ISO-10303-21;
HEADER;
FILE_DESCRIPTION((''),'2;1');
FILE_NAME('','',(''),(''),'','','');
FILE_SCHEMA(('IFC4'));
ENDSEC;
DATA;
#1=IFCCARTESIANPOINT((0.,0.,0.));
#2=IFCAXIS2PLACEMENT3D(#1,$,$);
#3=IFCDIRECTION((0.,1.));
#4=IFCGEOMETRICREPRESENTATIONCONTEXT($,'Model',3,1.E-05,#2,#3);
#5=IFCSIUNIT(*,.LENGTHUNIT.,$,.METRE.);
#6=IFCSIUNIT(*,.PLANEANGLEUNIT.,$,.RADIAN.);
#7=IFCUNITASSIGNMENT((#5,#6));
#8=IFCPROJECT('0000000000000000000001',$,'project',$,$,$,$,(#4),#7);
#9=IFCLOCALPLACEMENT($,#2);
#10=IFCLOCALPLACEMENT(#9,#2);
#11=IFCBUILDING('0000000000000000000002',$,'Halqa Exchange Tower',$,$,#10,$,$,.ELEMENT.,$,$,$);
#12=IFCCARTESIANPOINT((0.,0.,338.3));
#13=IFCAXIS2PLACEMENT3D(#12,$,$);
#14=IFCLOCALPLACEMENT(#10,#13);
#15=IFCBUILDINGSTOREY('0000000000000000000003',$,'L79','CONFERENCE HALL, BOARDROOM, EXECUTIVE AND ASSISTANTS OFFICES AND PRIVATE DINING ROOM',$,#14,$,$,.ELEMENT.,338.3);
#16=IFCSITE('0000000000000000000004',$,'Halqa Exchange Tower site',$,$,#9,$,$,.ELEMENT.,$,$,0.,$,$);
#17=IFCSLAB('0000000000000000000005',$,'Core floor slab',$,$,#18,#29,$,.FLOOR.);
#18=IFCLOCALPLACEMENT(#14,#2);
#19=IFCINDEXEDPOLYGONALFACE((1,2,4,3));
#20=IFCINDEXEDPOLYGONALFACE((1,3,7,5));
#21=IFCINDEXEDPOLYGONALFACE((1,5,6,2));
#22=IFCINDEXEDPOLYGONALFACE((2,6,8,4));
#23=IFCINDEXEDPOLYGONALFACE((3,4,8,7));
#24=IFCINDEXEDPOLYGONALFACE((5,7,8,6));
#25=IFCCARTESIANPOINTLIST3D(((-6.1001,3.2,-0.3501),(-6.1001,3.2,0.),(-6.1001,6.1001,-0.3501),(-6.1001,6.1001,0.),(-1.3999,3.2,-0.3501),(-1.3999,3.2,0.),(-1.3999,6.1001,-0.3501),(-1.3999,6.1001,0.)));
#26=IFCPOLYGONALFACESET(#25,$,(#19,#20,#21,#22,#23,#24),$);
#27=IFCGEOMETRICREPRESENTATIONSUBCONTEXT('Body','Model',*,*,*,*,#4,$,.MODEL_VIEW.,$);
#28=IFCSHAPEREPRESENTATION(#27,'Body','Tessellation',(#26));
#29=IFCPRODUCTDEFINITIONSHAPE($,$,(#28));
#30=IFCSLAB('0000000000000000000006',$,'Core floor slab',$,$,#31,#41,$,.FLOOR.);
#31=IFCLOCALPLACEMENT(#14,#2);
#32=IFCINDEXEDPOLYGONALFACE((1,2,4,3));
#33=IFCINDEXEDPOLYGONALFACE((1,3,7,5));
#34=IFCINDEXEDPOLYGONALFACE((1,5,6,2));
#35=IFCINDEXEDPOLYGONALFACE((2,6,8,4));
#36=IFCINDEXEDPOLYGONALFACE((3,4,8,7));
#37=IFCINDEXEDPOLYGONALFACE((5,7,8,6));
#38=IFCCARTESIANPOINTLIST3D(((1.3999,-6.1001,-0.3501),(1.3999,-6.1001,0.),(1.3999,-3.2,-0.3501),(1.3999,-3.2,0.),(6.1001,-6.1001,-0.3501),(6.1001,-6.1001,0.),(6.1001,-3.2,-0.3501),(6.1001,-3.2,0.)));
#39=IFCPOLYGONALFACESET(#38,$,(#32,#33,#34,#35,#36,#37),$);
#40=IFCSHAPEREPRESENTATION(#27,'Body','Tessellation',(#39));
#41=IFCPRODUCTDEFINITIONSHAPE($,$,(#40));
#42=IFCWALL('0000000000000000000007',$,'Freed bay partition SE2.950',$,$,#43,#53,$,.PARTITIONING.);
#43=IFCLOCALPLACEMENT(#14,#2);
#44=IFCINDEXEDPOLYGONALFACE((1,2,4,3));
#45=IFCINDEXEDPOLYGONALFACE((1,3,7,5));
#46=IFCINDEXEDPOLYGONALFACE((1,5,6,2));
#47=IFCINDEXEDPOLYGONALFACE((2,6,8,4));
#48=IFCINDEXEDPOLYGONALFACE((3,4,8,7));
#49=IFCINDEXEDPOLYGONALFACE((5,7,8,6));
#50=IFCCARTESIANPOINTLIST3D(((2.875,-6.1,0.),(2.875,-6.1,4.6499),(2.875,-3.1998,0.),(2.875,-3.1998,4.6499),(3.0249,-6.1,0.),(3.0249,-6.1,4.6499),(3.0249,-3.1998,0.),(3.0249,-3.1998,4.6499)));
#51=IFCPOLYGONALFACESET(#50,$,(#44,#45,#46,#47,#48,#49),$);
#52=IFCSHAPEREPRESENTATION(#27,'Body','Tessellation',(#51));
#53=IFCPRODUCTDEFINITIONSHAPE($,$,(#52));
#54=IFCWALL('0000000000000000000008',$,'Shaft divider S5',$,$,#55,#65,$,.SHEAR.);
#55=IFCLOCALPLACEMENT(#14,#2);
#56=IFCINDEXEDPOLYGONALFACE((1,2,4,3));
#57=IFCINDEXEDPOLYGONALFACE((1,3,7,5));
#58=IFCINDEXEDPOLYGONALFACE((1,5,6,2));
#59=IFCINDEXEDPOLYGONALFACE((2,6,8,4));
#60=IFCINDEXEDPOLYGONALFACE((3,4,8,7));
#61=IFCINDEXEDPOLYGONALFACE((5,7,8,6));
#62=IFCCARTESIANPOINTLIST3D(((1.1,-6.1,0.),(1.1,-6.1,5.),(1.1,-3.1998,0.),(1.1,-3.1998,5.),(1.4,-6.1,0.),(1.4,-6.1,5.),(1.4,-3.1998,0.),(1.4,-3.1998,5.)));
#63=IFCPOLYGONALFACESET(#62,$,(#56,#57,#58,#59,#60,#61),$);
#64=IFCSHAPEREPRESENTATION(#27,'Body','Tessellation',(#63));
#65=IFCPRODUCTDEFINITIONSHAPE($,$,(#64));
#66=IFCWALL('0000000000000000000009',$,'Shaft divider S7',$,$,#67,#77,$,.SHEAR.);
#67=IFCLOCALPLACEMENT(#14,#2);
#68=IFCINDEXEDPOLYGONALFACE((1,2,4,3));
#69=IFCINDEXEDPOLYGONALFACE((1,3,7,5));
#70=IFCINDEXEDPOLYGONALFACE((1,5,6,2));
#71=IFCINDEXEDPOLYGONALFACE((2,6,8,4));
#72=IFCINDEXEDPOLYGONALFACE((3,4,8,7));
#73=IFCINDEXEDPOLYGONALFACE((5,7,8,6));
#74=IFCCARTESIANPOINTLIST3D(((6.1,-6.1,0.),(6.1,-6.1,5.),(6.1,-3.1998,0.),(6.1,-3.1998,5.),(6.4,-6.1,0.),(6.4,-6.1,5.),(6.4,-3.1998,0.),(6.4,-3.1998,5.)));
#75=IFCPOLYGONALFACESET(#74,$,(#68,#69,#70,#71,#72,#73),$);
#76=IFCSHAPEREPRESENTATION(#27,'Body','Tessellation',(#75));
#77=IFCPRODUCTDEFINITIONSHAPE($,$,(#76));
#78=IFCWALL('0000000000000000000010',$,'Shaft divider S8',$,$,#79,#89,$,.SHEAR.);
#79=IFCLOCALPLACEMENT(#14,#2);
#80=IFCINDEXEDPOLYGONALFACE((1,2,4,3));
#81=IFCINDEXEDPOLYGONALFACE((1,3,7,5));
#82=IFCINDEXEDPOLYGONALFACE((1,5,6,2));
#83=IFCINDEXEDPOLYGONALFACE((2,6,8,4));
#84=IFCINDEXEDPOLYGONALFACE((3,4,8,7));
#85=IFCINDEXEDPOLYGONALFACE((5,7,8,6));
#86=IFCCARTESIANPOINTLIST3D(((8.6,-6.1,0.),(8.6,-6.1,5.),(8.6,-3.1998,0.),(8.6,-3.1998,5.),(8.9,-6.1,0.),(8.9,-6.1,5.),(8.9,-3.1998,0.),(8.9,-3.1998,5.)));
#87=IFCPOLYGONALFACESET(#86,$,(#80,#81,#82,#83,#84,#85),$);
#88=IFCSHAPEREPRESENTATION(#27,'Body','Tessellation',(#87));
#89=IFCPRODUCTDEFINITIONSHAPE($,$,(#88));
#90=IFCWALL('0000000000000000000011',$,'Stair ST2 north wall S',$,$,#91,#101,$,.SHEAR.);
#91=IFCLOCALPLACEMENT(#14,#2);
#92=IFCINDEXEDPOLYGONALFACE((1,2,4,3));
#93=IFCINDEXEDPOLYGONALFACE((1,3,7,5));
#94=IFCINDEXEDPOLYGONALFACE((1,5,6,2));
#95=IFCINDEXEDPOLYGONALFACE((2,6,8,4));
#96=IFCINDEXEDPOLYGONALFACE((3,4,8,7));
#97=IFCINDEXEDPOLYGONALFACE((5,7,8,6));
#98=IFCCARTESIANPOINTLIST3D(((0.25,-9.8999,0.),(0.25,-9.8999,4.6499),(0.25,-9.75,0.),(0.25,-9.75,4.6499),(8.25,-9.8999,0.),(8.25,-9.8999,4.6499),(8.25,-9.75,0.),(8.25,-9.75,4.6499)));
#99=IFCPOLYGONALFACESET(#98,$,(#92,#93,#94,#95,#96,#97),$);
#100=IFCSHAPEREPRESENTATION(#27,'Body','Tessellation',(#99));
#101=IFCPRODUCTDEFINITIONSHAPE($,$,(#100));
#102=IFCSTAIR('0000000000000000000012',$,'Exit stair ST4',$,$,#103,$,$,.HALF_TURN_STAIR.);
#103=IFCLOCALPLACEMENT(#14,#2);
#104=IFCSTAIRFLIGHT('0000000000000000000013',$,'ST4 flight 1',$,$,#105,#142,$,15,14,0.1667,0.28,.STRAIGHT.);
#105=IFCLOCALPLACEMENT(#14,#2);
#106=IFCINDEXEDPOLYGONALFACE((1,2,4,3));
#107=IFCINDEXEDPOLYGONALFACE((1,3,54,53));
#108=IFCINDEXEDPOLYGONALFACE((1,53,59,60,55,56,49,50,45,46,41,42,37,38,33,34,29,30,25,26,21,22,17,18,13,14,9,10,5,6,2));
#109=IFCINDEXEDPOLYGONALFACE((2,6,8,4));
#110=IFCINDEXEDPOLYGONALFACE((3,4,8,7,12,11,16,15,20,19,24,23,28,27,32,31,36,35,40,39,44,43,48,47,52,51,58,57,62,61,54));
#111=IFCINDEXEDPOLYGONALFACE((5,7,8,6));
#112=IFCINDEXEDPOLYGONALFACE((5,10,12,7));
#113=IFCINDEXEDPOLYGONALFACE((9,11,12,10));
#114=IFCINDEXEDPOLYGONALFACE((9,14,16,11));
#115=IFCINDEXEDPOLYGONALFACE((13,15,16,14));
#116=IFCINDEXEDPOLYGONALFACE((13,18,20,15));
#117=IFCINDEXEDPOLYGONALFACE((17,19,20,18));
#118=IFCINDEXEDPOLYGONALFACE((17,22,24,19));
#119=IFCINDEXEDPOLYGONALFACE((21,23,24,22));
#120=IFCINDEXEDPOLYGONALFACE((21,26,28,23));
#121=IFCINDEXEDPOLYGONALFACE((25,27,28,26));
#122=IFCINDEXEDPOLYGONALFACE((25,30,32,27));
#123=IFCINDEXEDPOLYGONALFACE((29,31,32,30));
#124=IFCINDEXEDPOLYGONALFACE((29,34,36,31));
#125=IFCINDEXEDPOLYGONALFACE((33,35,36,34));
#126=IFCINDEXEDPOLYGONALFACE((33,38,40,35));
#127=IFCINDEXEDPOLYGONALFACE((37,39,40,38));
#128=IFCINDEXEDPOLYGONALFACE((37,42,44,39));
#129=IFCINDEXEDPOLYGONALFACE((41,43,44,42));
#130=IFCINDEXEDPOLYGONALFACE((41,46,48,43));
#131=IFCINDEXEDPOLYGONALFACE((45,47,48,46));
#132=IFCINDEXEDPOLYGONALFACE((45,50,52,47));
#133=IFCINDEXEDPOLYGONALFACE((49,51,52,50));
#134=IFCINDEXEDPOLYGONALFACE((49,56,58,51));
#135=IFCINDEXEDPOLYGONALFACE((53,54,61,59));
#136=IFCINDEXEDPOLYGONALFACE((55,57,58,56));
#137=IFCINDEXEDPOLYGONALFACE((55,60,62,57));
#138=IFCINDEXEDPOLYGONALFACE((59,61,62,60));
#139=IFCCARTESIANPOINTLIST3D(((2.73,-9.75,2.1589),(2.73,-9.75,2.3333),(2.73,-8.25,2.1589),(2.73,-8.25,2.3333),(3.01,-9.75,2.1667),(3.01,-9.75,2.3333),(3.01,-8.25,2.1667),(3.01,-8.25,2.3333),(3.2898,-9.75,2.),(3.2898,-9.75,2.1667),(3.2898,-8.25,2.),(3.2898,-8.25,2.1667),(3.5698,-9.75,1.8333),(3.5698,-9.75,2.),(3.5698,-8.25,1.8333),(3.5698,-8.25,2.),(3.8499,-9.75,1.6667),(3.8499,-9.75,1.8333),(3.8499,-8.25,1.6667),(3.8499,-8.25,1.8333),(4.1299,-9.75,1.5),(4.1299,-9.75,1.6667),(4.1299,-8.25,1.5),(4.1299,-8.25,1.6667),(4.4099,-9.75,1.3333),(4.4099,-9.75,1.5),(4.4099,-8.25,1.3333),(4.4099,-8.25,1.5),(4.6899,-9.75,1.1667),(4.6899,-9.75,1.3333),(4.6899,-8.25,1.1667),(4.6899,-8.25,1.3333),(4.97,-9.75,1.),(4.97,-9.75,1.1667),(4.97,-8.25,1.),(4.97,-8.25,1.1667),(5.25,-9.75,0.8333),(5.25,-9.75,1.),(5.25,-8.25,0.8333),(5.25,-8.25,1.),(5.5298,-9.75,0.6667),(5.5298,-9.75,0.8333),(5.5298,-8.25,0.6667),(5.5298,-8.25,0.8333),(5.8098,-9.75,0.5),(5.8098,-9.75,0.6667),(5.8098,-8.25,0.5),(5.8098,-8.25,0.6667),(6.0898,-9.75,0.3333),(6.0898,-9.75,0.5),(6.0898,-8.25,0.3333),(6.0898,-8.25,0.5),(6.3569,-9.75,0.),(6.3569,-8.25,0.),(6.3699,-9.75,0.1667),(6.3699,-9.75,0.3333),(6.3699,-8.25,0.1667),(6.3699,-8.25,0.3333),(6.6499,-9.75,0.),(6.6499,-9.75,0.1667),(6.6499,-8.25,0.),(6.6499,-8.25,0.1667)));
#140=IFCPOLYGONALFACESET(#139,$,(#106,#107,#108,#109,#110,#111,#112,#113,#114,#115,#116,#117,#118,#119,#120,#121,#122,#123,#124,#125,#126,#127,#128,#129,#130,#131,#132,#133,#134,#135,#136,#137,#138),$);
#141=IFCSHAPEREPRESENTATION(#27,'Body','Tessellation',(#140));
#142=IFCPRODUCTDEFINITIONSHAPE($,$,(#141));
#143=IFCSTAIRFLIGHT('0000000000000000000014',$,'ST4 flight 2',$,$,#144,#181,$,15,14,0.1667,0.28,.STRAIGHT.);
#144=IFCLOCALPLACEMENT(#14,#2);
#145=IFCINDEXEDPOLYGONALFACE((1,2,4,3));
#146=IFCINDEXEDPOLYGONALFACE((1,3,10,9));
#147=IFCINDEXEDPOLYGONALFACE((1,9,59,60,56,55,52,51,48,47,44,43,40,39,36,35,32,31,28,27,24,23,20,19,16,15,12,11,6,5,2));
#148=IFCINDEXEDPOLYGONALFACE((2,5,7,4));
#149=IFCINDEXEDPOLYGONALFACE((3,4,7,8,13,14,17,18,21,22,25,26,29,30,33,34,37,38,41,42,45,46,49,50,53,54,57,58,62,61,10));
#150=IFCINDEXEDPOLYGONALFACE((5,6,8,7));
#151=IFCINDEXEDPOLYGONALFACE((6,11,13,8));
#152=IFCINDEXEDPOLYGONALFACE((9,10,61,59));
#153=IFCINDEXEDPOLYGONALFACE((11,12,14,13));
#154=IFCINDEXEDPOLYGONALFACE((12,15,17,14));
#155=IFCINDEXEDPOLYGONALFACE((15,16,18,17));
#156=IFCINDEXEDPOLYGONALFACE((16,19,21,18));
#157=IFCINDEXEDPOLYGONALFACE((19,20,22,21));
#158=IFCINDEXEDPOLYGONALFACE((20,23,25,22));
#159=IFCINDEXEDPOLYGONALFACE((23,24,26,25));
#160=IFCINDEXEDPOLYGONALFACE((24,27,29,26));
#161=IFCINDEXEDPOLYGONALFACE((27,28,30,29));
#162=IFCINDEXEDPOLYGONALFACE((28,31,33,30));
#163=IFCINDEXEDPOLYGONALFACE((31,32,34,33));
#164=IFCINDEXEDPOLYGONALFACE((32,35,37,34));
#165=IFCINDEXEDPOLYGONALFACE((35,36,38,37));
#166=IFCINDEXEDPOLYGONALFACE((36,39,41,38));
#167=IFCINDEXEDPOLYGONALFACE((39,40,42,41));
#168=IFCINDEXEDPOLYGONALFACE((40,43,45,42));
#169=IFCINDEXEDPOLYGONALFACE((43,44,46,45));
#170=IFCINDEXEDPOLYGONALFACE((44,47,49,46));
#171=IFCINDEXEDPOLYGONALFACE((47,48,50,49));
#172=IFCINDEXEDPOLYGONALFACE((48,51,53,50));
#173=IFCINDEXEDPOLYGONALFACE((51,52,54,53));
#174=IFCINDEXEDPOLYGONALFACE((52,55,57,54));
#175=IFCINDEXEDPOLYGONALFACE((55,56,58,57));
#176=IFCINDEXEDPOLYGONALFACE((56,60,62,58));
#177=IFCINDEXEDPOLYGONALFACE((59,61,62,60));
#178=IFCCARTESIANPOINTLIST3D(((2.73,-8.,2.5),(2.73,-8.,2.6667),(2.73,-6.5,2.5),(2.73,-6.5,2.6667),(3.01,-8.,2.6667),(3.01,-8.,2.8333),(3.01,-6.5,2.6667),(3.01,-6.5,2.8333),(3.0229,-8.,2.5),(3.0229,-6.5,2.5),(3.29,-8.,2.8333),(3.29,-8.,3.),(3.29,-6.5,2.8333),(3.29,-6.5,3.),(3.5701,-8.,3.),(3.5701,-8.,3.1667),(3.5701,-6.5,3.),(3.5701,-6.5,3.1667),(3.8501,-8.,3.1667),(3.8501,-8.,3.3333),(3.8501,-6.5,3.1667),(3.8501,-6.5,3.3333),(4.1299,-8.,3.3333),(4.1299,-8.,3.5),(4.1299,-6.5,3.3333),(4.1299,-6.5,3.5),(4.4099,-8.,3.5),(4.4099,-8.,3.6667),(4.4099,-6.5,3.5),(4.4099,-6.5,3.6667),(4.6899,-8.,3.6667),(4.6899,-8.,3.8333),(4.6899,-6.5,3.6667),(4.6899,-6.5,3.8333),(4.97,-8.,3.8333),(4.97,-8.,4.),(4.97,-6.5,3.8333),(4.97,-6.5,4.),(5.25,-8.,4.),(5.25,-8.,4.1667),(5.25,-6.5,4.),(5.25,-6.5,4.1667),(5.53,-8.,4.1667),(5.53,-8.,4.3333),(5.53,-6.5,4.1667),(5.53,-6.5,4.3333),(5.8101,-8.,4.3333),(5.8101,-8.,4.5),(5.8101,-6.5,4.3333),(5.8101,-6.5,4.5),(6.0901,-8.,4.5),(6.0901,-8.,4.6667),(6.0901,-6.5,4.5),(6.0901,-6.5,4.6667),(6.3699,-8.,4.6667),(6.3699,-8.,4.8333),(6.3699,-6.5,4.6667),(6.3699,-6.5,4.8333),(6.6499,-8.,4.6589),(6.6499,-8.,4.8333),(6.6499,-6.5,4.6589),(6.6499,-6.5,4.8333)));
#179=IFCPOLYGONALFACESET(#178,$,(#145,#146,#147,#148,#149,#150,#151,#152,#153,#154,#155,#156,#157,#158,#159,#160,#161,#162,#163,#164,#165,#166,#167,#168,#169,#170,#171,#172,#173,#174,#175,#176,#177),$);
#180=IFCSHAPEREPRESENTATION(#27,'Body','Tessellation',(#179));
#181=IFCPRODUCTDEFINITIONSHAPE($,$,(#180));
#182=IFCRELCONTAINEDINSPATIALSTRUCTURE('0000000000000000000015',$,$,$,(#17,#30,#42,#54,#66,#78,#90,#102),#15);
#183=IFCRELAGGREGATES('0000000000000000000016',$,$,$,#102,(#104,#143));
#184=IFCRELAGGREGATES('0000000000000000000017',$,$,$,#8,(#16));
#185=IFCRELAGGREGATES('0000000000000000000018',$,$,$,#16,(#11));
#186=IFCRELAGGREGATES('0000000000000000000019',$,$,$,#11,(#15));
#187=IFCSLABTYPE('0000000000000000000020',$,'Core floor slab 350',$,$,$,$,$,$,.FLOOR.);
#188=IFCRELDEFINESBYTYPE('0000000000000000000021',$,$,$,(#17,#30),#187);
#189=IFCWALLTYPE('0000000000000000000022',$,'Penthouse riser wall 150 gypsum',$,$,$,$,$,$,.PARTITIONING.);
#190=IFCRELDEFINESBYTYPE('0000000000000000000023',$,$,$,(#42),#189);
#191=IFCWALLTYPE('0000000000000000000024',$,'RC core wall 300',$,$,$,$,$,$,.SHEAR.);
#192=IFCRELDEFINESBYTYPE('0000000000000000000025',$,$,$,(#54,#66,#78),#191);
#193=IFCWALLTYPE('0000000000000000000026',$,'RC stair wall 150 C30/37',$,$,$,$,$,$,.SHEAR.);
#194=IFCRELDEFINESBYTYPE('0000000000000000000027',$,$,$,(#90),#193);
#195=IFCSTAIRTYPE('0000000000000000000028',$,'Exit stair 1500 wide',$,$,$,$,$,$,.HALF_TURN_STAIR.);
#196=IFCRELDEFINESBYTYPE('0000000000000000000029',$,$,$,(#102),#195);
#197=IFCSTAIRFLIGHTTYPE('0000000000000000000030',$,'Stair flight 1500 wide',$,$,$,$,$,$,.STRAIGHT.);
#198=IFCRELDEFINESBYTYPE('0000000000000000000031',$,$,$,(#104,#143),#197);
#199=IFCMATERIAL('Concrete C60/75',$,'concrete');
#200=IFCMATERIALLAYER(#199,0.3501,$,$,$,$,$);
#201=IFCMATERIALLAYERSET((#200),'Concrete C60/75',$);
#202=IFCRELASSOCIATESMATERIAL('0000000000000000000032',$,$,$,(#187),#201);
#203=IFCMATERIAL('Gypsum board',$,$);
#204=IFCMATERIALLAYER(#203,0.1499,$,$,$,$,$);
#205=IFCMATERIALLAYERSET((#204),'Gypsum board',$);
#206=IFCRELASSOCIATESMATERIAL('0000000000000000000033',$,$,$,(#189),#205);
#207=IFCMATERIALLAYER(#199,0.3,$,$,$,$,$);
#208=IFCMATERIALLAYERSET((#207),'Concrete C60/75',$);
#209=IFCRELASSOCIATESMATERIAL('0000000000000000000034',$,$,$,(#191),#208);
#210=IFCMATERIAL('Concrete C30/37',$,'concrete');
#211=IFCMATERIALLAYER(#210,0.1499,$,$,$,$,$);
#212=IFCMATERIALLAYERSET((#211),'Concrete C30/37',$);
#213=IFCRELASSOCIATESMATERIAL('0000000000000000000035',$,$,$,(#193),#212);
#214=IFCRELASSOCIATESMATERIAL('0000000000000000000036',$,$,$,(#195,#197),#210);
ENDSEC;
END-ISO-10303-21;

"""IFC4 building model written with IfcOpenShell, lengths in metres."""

from ifc_helpers import new_model, si_unit, direction, frame, frame_2d, origin, place, context, subcontext, project, spatial, polyline, rectangle, outline, extrude, material, layer, layer_set, type_object, element, aggregate, save


model = new_model("IFC4")

# Units and contexts
model_context = context("Model", 3, precision=1e-05, world=origin(), true_north=direction((0.0, 1.0)))
body_context = subcontext(model_context, "Body", "Model", "MODEL_VIEW")
ifc_project = project(units=[si_unit("LENGTHUNIT", "METRE"), si_unit("PLANEANGLEUNIT", "RADIAN")], contexts=[model_context])

# Site, building, storey
site_placement = place(None, origin())
site = spatial("IfcSite", under=ifc_project, at=site_placement, Name="Halqa Exchange Tower site", CompositionType="ELEMENT", RefElevation=0.0)
building_placement = place(site_placement, origin())
building = spatial("IfcBuilding", under=site, at=building_placement, Name="Halqa Exchange Tower", CompositionType="ELEMENT")
storey_placement = place(building_placement, frame((0.0, 0.0, 338.3)))
storey = spatial("IfcBuildingStorey", under=building, at=storey_placement, Name="L79", Description="CONFERENCE HALL, BOARDROOM, EXECUTIVE AND ASSISTANTS OFFICES AND PRIVATE DINING ROOM", CompositionType="ELEMENT", Elevation=338.3)

# Slabs
ifc_material_1 = material(Name="Concrete C60/75", Category="concrete")
ifc_layer_1 = layer(ifc_material_1, 0.3501)
ifc_layer_set_1 = layer_set([ifc_layer_1], Name="Concrete C60/75")
slab_type = type_object("IfcSlabType", Name="Core floor slab 350", PredefinedType="FLOOR", material=ifc_layer_set_1)
slab_1_placement = place(storey_placement, frame((0.0, 0.0, -0.3501)))
element("IfcSlab", 1, at=slab_1_placement, inside=storey, type_object=slab_type, Name="Core floor slab", PredefinedType="FLOOR", context=body_context, shape_type="SweptSolid", body=[
    extrude(outline(polyline([(-1.3999, 3.2), (-6.1001, 3.2), (-6.1001, 6.1001), (-1.3999, 6.1001), (-1.3999, 3.2)])), origin(), (0.0, 0.0, 1.0), 0.3501),
])
slab_2_placement = place(storey_placement, frame((0.0, 0.0, -0.3501)))
element("IfcSlab", 2, at=slab_2_placement, inside=storey, type_object=slab_type, Name="Core floor slab", PredefinedType="FLOOR", context=body_context, shape_type="SweptSolid", body=[
    extrude(outline(polyline([(6.1001, -3.2), (6.1001, -6.1001), (1.3999, -6.1001), (1.3999, -3.2), (6.1001, -3.2)])), origin(), (0.0, 0.0, 1.0), 0.3501),
])

# Walls
ifc_material_2 = material(Name="Gypsum board")
ifc_layer_2 = layer(ifc_material_2, 0.1499)
ifc_layer_set_2 = layer_set([ifc_layer_2], Name="Gypsum board")
wall_type_1 = type_object("IfcWallType", Name="Penthouse riser wall 150 gypsum", PredefinedType="PARTITIONING", material=ifc_layer_set_2)
wall_1_placement = place(storey_placement, frame((2.95, -6.1001, 0.0), z_axis=(0.0, 0.0, 1.0), x_axis=(0.0, 1.0, 0.0)))
element("IfcWall", 3, at=wall_1_placement, inside=storey, type_object=wall_type_1, Name="Freed bay partition SE2.950", PredefinedType="PARTITIONING", context=body_context, shape_type="SweptSolid", body=[
    extrude(rectangle(XDim=2.9001, YDim=0.1499, at=frame_2d((1.4502, 0.0))), origin(), (0.0, 0.0, 1.0), 4.6499),
])
ifc_layer_3 = layer(ifc_material_1, 0.3)
ifc_layer_set_3 = layer_set([ifc_layer_3], Name="Concrete C60/75")
wall_type_2 = type_object("IfcWallType", Name="RC core wall 300", PredefinedType="SHEAR", material=ifc_layer_set_3)
for number, where, z_axis, x_axis, name in (
    (4, (1.25, -6.1001, 0.0), (0.0, 0.0, 1.0), (0.0, 1.0, 0.0), "Shaft divider S5"),
    (5, (6.25, -6.1001, 0.0), (0.0, 0.0, 1.0), (0.0, 1.0, 0.0), "Shaft divider S7"),
    (6, (8.75, -6.1001, 0.0), (0.0, 0.0, 1.0), (0.0, 1.0, 0.0), "Shaft divider S8"),
):
    element("IfcWall", number, at=place(storey_placement, frame(where, z_axis=z_axis, x_axis=x_axis)), inside=storey, type_object=wall_type_2, Name=name, PredefinedType="SHEAR", context=body_context, shape_type="SweptSolid", body=[
        extrude(rectangle(XDim=2.9001, YDim=0.3, at=frame_2d((1.4502, 0.0))), origin(), (0.0, 0.0, 1.0), 5.0),
    ])
ifc_material_3 = material(Name="Concrete C30/37", Category="concrete")
ifc_layer_4 = layer(ifc_material_3, 0.1499)
ifc_layer_set_4 = layer_set([ifc_layer_4], Name="Concrete C30/37")
wall_type_3 = type_object("IfcWallType", Name="RC stair wall 150 C30/37", PredefinedType="SHEAR", material=ifc_layer_set_4)
wall_2_placement = place(storey_placement, frame((0.25, -9.825, 0.0), z_axis=(0.0, 0.0, 1.0), x_axis=(1.0, 0.0, 0.0)))
element("IfcWall", 7, at=wall_2_placement, inside=storey, type_object=wall_type_3, Name="Stair ST2 north wall S", PredefinedType="SHEAR", context=body_context, shape_type="SweptSolid", body=[
    extrude(rectangle(XDim=8.0, YDim=0.1499, at=frame_2d((4.0, 0.0))), origin(), (0.0, 0.0, 1.0), 4.6499),
])

# Stair, stair flights
stair_type = type_object("IfcStairType", Name="Exit stair 1500 wide", PredefinedType="HALF_TURN_STAIR", material=ifc_material_3)
stair_placement = place(storey_placement, origin())
stair = element("IfcStair", 8, at=stair_placement, inside=storey, type_object=stair_type, Name="Exit stair ST4", PredefinedType="HALF_TURN_STAIR")
stair_flight_type = type_object("IfcStairFlightType", Name="Stair flight 1500 wide", PredefinedType="STRAIGHT", material=ifc_material_3)
stair_flight_1_placement = place(storey_placement, frame((6.6499, -9.0, 0.0), z_axis=(0.0, 0.0, 1.0), x_axis=(-1.0, 0.0, 0.0)))
stair_flight_1 = element("IfcStairFlight", 9, at=stair_flight_1_placement, type_object=stair_flight_type, Name="ST4 flight 1", NumberOfRisers=15, NumberOfTreads=14, PredefinedType="STRAIGHT", RiserHeight=0.1667, TreadLength=0.28, context=body_context, shape_type="SweptSolid", body=[
    extrude(outline(polyline([(0.0, 0.0), (0.0, 0.1667), (0.28, 0.1667), (0.28, 0.3333), (0.5601, 0.3333), (0.5601, 0.5), (0.8401, 0.5), (0.8401, 0.6667), (1.1201, 0.6667), (1.1201, 0.8333), (1.3999, 0.8333), (1.3999, 1.0), (1.6799, 1.0), (1.6799, 1.1667), (1.96, 1.1667), (1.96, 1.3333), (2.24, 1.3333), (2.24, 1.5), (2.52, 1.5), (2.52, 1.6667), (2.8, 1.6667), (2.8, 1.8333), (3.0801, 1.8333), (3.0801, 2.0), (3.3601, 2.0), (3.3601, 2.1667), (3.6399, 2.1667), (3.6399, 2.3333), (3.9199, 2.3333), (3.9199, 2.5), (3.9199, 2.1589), (0.293, 0.0), (0.0, 0.0)])), frame((0.0, 0.75, 0.0), z_axis=(0.0, -1.0, 0.0), x_axis=(1.0, 0.0, 0.0)), (0.0, 0.0, 1.0), 1.5),
])
stair_flight_2_placement = place(storey_placement, frame((2.73, -7.25, 2.5), z_axis=(0.0, 0.0, 1.0), x_axis=(1.0, 0.0, 0.0)))
stair_flight_2 = element("IfcStairFlight", 10, at=stair_flight_2_placement, type_object=stair_flight_type, Name="ST4 flight 2", NumberOfRisers=15, NumberOfTreads=14, PredefinedType="STRAIGHT", RiserHeight=0.1667, TreadLength=0.28, context=body_context, shape_type="SweptSolid", body=[
    extrude(outline(polyline([(0.0, 0.0), (0.0, 0.1667), (0.28, 0.1667), (0.28, 0.3333), (0.5601, 0.3333), (0.5601, 0.5), (0.8401, 0.5), (0.8401, 0.6667), (1.1201, 0.6667), (1.1201, 0.8333), (1.3999, 0.8333), (1.3999, 1.0), (1.6799, 1.0), (1.6799, 1.1667), (1.96, 1.1667), (1.96, 1.3333), (2.24, 1.3333), (2.24, 1.5), (2.52, 1.5), (2.52, 1.6667), (2.8, 1.6667), (2.8, 1.8333), (3.0801, 1.8333), (3.0801, 2.0), (3.3601, 2.0), (3.3601, 2.1667), (3.6399, 2.1667), (3.6399, 2.3333), (3.9199, 2.3333), (3.9199, 2.5), (3.9199, 2.1589), (0.293, 0.0), (0.0, 0.0)])), frame((0.0, 0.75, 0.0), z_axis=(0.0, -1.0, 0.0), x_axis=(1.0, 0.0, 0.0)), (0.0, 0.0, 1.0), 1.5),
])
aggregate(stair, [stair_flight_1, stair_flight_2])

save(model, "model.ifc")
